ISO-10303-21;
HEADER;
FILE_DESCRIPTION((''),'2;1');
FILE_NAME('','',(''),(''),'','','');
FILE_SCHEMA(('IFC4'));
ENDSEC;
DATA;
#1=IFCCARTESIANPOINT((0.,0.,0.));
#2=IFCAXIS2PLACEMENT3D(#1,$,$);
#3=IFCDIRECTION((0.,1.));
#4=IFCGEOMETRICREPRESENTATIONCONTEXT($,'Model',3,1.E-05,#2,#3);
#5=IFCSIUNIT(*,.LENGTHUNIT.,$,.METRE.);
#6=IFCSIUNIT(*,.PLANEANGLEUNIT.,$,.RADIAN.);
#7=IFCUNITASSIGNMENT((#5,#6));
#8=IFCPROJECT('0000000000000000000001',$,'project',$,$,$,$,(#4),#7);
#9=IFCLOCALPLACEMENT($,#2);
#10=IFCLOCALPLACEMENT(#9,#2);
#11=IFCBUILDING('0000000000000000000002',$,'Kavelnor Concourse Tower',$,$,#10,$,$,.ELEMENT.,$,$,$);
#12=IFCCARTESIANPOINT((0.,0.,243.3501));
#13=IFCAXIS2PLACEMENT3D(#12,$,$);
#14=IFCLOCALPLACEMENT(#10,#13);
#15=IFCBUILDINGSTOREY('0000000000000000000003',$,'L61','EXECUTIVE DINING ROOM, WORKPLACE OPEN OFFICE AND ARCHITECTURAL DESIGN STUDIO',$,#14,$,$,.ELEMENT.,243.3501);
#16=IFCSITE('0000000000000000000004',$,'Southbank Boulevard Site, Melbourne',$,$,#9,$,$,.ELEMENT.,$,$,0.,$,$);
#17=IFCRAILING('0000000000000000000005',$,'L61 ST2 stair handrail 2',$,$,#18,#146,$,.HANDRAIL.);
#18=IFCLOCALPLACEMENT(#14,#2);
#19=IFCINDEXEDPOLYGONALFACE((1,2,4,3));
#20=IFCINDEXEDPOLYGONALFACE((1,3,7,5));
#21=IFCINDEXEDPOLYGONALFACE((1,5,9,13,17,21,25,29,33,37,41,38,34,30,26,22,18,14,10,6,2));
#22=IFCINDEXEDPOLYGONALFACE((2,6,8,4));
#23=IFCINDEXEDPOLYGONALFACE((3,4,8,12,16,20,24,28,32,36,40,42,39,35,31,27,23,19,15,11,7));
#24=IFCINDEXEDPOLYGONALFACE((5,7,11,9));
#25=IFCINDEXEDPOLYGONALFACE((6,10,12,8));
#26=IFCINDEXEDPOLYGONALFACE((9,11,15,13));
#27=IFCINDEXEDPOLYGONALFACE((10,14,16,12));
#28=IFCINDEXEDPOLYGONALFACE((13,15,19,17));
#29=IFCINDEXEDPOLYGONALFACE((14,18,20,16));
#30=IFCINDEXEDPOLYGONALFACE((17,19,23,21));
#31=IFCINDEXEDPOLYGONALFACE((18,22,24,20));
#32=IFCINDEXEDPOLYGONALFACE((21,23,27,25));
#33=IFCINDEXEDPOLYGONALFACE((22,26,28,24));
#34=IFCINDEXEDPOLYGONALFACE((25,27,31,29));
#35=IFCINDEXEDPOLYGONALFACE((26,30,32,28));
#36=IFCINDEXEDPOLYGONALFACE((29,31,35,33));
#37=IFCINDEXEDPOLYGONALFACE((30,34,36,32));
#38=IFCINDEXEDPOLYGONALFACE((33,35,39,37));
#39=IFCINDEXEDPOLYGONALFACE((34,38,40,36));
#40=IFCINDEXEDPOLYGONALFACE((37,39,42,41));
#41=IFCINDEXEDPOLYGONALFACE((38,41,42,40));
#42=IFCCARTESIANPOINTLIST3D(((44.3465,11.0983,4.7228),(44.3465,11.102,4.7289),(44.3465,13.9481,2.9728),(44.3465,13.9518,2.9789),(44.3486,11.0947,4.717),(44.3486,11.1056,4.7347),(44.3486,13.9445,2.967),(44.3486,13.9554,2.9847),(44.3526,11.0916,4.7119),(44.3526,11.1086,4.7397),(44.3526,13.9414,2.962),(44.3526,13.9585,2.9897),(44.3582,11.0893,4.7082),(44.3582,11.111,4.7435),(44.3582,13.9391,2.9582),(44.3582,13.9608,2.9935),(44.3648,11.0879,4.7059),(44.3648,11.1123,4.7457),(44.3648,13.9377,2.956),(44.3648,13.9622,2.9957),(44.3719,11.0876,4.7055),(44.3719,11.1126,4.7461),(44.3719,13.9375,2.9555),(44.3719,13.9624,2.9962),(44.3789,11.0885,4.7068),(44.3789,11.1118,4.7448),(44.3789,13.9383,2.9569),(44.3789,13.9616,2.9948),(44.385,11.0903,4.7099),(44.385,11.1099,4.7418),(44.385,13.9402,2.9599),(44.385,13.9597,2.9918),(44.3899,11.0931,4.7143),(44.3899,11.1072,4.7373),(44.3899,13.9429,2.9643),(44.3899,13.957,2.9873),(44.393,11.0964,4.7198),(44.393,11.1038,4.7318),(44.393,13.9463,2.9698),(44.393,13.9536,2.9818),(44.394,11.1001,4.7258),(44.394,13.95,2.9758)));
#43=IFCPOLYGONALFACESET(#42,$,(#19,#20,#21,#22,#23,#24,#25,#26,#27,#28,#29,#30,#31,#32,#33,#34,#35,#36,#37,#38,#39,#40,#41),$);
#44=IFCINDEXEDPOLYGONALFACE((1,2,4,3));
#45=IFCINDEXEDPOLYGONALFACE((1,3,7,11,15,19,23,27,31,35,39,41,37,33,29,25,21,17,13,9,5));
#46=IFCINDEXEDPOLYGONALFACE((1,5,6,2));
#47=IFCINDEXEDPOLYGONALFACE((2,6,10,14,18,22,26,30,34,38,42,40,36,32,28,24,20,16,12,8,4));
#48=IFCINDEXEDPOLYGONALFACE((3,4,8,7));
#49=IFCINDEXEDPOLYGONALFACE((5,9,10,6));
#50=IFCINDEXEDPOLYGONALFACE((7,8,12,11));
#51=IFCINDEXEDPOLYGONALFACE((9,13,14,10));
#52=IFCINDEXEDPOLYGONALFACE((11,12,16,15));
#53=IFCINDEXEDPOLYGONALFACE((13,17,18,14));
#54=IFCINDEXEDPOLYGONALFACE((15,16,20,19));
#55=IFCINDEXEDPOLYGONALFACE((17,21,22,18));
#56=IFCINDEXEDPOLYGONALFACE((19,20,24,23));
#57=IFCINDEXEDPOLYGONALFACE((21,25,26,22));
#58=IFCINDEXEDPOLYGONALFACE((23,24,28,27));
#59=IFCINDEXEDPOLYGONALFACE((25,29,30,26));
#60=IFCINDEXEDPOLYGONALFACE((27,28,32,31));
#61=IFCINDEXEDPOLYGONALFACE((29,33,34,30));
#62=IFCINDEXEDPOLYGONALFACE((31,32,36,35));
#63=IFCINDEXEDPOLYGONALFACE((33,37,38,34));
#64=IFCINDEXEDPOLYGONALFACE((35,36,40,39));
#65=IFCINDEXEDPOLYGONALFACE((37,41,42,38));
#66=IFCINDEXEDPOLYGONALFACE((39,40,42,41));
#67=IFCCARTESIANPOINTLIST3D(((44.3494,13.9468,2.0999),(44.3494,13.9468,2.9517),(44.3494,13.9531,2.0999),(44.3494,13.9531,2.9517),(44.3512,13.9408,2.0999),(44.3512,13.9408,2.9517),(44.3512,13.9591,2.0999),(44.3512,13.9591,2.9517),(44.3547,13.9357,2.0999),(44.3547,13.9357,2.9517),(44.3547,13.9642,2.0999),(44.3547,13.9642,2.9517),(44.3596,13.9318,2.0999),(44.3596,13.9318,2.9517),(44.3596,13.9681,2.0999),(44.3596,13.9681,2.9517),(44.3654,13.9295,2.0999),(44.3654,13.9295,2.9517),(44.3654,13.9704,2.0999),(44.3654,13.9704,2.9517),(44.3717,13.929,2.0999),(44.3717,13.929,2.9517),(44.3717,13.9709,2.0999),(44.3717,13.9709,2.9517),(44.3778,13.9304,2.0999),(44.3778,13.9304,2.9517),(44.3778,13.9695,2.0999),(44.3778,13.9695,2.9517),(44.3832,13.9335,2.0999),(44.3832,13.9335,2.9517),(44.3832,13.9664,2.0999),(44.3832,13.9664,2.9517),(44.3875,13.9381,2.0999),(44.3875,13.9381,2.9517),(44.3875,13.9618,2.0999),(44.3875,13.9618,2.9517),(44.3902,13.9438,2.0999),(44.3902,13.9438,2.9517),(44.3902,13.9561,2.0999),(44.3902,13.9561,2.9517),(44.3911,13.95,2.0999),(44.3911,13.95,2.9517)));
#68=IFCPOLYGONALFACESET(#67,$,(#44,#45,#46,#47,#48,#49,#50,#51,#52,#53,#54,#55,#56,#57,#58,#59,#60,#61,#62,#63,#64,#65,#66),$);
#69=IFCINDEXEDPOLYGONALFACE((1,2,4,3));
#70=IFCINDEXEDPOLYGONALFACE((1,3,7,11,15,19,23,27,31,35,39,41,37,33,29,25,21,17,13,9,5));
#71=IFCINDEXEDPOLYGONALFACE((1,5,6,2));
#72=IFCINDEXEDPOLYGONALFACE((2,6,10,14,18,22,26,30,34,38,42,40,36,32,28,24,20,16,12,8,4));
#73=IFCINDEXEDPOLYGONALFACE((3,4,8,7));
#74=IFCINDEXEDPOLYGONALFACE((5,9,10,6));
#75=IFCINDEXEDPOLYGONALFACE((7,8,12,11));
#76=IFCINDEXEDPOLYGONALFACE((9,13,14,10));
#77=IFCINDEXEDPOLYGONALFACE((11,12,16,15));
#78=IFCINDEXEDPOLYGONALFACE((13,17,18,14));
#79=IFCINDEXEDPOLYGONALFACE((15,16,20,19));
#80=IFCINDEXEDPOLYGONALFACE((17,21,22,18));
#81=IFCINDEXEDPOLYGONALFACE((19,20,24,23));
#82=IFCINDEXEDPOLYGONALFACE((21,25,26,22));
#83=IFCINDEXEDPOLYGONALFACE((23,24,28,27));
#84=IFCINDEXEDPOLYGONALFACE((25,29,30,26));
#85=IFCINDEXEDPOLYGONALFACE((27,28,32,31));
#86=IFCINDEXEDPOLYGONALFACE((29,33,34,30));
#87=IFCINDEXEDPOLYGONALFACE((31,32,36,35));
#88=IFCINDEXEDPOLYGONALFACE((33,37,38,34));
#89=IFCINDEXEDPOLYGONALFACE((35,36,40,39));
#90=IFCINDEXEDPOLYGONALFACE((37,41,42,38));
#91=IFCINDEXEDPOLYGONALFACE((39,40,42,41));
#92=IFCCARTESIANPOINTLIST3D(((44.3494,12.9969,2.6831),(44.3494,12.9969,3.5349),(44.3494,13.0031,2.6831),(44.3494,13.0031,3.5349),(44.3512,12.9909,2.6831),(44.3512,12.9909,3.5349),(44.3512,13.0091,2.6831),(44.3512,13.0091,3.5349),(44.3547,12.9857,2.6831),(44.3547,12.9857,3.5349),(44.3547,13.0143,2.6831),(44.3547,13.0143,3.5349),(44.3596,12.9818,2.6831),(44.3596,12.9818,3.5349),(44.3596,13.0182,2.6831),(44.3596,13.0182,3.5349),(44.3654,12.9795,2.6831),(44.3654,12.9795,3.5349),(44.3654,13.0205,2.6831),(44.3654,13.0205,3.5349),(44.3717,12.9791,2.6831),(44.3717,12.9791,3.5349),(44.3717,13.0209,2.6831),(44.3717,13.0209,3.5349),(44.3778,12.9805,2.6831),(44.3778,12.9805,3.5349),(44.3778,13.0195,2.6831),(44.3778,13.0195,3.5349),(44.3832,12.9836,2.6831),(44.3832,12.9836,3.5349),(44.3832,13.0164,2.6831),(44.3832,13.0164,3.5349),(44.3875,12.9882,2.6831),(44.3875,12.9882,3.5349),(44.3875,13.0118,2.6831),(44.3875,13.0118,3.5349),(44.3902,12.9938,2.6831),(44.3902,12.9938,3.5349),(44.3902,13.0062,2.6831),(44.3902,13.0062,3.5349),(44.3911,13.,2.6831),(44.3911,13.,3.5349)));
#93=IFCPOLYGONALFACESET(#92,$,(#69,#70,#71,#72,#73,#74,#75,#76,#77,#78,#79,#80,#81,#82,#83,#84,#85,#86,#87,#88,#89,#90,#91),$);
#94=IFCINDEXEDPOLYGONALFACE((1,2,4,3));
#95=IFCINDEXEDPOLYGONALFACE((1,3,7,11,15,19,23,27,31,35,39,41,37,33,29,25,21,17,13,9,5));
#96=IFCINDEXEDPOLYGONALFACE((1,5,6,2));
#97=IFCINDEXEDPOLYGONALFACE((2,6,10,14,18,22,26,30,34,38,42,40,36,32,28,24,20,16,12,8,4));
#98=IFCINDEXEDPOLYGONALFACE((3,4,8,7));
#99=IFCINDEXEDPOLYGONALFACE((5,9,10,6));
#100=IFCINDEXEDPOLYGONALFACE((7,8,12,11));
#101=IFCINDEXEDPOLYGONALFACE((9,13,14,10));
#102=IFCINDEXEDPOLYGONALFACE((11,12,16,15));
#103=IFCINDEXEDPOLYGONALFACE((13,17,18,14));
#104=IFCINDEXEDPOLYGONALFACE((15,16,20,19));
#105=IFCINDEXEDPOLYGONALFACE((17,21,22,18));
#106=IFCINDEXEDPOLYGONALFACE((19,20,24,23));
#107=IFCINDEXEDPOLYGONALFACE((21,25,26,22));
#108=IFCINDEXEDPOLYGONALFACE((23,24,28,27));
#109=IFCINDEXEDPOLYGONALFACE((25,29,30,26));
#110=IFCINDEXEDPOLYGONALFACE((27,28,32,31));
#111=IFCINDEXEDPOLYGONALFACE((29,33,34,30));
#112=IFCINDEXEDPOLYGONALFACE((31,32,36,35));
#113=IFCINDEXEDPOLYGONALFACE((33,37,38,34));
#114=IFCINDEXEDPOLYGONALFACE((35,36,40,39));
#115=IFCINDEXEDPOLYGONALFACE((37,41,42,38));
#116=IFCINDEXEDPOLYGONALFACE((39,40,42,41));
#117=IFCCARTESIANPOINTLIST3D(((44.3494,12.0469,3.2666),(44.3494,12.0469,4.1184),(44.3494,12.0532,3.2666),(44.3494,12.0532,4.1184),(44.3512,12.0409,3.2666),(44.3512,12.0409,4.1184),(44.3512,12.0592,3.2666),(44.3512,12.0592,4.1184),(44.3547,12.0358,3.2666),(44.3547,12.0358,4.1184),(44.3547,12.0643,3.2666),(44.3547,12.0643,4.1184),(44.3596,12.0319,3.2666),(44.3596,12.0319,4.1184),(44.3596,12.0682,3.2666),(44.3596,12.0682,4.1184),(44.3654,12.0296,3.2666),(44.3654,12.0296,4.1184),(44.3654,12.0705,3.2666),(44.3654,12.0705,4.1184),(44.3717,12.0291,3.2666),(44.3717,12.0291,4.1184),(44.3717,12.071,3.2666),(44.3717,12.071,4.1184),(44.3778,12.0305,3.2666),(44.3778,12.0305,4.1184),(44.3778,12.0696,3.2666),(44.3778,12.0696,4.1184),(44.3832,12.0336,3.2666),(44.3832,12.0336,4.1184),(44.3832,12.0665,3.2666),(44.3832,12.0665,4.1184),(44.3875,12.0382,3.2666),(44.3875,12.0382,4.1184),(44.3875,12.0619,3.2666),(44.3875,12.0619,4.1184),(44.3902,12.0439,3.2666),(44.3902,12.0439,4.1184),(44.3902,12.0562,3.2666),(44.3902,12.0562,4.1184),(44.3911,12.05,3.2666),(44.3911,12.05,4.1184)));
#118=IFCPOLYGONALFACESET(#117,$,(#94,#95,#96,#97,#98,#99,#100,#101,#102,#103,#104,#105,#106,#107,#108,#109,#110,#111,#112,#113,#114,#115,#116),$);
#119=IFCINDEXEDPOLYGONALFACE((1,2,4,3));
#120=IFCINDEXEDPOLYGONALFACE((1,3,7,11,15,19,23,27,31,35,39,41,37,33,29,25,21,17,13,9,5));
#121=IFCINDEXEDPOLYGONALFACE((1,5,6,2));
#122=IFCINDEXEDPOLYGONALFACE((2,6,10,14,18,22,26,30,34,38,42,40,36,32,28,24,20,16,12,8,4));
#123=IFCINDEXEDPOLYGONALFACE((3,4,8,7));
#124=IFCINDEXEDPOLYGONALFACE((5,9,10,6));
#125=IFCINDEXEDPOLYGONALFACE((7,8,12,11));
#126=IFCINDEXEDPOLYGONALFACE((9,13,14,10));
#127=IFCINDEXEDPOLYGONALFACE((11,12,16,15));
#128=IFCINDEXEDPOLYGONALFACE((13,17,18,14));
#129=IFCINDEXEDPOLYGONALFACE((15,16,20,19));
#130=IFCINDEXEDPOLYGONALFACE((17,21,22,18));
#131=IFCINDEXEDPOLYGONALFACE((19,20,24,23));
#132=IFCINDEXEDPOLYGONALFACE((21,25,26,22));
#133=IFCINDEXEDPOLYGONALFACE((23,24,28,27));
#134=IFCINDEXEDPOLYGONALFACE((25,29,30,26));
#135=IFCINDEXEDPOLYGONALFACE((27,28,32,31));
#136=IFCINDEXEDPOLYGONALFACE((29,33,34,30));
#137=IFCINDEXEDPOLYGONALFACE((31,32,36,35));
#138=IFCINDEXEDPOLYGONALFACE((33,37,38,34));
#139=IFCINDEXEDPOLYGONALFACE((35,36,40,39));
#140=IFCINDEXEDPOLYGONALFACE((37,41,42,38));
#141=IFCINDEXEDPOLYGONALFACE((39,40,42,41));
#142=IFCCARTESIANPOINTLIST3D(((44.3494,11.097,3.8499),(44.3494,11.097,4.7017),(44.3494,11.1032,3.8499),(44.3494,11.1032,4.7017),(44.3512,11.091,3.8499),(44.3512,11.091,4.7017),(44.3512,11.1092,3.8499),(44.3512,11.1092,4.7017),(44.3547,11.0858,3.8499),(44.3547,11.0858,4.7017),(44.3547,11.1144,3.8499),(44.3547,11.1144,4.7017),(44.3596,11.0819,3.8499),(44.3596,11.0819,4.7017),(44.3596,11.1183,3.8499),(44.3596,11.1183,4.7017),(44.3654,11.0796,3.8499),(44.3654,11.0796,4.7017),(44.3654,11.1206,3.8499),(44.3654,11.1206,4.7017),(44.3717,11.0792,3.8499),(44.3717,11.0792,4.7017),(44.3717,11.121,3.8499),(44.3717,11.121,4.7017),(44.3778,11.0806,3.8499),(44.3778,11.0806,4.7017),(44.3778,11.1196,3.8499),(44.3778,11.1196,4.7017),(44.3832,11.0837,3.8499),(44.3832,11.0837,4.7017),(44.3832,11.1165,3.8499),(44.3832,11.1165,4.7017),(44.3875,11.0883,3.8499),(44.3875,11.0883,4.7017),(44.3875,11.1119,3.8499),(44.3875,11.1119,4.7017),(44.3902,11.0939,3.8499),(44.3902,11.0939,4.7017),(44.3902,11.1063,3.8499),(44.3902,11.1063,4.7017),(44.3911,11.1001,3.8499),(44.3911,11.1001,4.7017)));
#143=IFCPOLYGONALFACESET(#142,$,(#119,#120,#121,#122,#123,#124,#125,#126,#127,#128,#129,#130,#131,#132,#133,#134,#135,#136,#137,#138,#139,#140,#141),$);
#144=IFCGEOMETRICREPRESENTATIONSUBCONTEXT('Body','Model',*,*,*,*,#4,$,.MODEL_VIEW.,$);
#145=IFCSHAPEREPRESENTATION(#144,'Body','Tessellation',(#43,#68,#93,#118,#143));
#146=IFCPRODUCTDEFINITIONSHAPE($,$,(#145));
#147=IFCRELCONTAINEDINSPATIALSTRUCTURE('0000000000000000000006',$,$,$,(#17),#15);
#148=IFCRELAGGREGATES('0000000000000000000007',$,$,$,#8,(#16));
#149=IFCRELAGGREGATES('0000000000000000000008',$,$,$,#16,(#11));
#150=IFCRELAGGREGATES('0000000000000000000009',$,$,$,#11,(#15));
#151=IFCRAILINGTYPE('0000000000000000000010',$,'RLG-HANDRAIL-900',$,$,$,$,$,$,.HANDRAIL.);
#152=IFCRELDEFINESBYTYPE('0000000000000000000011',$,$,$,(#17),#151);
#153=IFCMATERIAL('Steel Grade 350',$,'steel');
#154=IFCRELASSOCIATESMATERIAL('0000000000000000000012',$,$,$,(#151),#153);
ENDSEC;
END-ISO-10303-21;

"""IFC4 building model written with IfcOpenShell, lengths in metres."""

from ifc_helpers import new_model, si_unit, direction, frame, origin, origin_2d, place, context, subcontext, project, spatial, circle, extrude, material, type_object, element, save


model = new_model("IFC4")

# Units and contexts
model_context = context("Model", 3, precision=1e-05, world=origin(), true_north=direction((0.0, 1.0)))
body_context = subcontext(model_context, "Body", "Model", "MODEL_VIEW")
ifc_project = project(units=[si_unit("LENGTHUNIT", "METRE"), si_unit("PLANEANGLEUNIT", "RADIAN")], contexts=[model_context])

# Site, building, storey
site_placement = place(None, origin())
site = spatial("IfcSite", under=ifc_project, at=site_placement, Name="Southbank Boulevard Site, Melbourne", CompositionType="ELEMENT", RefElevation=0.0)
building_placement = place(site_placement, origin())
building = spatial("IfcBuilding", under=site, at=building_placement, Name="Kavelnor Concourse Tower", CompositionType="ELEMENT")
storey_placement = place(building_placement, frame((0.0, 0.0, 243.3501)))
storey = spatial("IfcBuildingStorey", under=building, at=storey_placement, Name="L61", Description="EXECUTIVE DINING ROOM, WORKPLACE OPEN OFFICE AND ARCHITECTURAL DESIGN STUDIO", CompositionType="ELEMENT", Elevation=243.3501)

# Shared definitions
ifc_material_1 = material(Name="Steel Grade 350", Category="steel")

# Railing
railing_type_1 = type_object("IfcRailingType", Name="RLG-HANDRAIL-900", PredefinedType="HANDRAIL", material=ifc_material_1)
railing_1_placement = place(storey_placement, frame((44.3701, 13.95, 2.0999)))
element("IfcRailing", 1, at=railing_1_placement, inside=storey, type_object=railing_type_1, Name="L61 ST2 stair handrail 2", PredefinedType="HANDRAIL", context=body_context, shape_type="SweptSolid", body=[
    extrude(circle(Radius=0.0239, at=origin_2d()), frame((0.0, 0.0, 0.876), z_axis=(0.0, -0.852159, 0.523283), x_axis=(1.0, 0.0, 0.0)), (0.0, 0.0, 1.0), 3.3442),
    extrude(circle(Radius=0.021, at=origin_2d()), origin(), (0.0, 0.0, 1.0), 0.8518),
    extrude(circle(Radius=0.021, at=origin_2d()), frame((0.0, -0.95, 0.5833)), (0.0, 0.0, 1.0), 0.8518),
    extrude(circle(Radius=0.021, at=origin_2d()), frame((0.0, -1.8999, 1.1667)), (0.0, 0.0, 1.0), 0.8518),
    extrude(circle(Radius=0.021, at=origin_2d()), frame((0.0, -2.8499, 1.75)), (0.0, 0.0, 1.0), 0.8518),
])

save(model, "model.ifc")
